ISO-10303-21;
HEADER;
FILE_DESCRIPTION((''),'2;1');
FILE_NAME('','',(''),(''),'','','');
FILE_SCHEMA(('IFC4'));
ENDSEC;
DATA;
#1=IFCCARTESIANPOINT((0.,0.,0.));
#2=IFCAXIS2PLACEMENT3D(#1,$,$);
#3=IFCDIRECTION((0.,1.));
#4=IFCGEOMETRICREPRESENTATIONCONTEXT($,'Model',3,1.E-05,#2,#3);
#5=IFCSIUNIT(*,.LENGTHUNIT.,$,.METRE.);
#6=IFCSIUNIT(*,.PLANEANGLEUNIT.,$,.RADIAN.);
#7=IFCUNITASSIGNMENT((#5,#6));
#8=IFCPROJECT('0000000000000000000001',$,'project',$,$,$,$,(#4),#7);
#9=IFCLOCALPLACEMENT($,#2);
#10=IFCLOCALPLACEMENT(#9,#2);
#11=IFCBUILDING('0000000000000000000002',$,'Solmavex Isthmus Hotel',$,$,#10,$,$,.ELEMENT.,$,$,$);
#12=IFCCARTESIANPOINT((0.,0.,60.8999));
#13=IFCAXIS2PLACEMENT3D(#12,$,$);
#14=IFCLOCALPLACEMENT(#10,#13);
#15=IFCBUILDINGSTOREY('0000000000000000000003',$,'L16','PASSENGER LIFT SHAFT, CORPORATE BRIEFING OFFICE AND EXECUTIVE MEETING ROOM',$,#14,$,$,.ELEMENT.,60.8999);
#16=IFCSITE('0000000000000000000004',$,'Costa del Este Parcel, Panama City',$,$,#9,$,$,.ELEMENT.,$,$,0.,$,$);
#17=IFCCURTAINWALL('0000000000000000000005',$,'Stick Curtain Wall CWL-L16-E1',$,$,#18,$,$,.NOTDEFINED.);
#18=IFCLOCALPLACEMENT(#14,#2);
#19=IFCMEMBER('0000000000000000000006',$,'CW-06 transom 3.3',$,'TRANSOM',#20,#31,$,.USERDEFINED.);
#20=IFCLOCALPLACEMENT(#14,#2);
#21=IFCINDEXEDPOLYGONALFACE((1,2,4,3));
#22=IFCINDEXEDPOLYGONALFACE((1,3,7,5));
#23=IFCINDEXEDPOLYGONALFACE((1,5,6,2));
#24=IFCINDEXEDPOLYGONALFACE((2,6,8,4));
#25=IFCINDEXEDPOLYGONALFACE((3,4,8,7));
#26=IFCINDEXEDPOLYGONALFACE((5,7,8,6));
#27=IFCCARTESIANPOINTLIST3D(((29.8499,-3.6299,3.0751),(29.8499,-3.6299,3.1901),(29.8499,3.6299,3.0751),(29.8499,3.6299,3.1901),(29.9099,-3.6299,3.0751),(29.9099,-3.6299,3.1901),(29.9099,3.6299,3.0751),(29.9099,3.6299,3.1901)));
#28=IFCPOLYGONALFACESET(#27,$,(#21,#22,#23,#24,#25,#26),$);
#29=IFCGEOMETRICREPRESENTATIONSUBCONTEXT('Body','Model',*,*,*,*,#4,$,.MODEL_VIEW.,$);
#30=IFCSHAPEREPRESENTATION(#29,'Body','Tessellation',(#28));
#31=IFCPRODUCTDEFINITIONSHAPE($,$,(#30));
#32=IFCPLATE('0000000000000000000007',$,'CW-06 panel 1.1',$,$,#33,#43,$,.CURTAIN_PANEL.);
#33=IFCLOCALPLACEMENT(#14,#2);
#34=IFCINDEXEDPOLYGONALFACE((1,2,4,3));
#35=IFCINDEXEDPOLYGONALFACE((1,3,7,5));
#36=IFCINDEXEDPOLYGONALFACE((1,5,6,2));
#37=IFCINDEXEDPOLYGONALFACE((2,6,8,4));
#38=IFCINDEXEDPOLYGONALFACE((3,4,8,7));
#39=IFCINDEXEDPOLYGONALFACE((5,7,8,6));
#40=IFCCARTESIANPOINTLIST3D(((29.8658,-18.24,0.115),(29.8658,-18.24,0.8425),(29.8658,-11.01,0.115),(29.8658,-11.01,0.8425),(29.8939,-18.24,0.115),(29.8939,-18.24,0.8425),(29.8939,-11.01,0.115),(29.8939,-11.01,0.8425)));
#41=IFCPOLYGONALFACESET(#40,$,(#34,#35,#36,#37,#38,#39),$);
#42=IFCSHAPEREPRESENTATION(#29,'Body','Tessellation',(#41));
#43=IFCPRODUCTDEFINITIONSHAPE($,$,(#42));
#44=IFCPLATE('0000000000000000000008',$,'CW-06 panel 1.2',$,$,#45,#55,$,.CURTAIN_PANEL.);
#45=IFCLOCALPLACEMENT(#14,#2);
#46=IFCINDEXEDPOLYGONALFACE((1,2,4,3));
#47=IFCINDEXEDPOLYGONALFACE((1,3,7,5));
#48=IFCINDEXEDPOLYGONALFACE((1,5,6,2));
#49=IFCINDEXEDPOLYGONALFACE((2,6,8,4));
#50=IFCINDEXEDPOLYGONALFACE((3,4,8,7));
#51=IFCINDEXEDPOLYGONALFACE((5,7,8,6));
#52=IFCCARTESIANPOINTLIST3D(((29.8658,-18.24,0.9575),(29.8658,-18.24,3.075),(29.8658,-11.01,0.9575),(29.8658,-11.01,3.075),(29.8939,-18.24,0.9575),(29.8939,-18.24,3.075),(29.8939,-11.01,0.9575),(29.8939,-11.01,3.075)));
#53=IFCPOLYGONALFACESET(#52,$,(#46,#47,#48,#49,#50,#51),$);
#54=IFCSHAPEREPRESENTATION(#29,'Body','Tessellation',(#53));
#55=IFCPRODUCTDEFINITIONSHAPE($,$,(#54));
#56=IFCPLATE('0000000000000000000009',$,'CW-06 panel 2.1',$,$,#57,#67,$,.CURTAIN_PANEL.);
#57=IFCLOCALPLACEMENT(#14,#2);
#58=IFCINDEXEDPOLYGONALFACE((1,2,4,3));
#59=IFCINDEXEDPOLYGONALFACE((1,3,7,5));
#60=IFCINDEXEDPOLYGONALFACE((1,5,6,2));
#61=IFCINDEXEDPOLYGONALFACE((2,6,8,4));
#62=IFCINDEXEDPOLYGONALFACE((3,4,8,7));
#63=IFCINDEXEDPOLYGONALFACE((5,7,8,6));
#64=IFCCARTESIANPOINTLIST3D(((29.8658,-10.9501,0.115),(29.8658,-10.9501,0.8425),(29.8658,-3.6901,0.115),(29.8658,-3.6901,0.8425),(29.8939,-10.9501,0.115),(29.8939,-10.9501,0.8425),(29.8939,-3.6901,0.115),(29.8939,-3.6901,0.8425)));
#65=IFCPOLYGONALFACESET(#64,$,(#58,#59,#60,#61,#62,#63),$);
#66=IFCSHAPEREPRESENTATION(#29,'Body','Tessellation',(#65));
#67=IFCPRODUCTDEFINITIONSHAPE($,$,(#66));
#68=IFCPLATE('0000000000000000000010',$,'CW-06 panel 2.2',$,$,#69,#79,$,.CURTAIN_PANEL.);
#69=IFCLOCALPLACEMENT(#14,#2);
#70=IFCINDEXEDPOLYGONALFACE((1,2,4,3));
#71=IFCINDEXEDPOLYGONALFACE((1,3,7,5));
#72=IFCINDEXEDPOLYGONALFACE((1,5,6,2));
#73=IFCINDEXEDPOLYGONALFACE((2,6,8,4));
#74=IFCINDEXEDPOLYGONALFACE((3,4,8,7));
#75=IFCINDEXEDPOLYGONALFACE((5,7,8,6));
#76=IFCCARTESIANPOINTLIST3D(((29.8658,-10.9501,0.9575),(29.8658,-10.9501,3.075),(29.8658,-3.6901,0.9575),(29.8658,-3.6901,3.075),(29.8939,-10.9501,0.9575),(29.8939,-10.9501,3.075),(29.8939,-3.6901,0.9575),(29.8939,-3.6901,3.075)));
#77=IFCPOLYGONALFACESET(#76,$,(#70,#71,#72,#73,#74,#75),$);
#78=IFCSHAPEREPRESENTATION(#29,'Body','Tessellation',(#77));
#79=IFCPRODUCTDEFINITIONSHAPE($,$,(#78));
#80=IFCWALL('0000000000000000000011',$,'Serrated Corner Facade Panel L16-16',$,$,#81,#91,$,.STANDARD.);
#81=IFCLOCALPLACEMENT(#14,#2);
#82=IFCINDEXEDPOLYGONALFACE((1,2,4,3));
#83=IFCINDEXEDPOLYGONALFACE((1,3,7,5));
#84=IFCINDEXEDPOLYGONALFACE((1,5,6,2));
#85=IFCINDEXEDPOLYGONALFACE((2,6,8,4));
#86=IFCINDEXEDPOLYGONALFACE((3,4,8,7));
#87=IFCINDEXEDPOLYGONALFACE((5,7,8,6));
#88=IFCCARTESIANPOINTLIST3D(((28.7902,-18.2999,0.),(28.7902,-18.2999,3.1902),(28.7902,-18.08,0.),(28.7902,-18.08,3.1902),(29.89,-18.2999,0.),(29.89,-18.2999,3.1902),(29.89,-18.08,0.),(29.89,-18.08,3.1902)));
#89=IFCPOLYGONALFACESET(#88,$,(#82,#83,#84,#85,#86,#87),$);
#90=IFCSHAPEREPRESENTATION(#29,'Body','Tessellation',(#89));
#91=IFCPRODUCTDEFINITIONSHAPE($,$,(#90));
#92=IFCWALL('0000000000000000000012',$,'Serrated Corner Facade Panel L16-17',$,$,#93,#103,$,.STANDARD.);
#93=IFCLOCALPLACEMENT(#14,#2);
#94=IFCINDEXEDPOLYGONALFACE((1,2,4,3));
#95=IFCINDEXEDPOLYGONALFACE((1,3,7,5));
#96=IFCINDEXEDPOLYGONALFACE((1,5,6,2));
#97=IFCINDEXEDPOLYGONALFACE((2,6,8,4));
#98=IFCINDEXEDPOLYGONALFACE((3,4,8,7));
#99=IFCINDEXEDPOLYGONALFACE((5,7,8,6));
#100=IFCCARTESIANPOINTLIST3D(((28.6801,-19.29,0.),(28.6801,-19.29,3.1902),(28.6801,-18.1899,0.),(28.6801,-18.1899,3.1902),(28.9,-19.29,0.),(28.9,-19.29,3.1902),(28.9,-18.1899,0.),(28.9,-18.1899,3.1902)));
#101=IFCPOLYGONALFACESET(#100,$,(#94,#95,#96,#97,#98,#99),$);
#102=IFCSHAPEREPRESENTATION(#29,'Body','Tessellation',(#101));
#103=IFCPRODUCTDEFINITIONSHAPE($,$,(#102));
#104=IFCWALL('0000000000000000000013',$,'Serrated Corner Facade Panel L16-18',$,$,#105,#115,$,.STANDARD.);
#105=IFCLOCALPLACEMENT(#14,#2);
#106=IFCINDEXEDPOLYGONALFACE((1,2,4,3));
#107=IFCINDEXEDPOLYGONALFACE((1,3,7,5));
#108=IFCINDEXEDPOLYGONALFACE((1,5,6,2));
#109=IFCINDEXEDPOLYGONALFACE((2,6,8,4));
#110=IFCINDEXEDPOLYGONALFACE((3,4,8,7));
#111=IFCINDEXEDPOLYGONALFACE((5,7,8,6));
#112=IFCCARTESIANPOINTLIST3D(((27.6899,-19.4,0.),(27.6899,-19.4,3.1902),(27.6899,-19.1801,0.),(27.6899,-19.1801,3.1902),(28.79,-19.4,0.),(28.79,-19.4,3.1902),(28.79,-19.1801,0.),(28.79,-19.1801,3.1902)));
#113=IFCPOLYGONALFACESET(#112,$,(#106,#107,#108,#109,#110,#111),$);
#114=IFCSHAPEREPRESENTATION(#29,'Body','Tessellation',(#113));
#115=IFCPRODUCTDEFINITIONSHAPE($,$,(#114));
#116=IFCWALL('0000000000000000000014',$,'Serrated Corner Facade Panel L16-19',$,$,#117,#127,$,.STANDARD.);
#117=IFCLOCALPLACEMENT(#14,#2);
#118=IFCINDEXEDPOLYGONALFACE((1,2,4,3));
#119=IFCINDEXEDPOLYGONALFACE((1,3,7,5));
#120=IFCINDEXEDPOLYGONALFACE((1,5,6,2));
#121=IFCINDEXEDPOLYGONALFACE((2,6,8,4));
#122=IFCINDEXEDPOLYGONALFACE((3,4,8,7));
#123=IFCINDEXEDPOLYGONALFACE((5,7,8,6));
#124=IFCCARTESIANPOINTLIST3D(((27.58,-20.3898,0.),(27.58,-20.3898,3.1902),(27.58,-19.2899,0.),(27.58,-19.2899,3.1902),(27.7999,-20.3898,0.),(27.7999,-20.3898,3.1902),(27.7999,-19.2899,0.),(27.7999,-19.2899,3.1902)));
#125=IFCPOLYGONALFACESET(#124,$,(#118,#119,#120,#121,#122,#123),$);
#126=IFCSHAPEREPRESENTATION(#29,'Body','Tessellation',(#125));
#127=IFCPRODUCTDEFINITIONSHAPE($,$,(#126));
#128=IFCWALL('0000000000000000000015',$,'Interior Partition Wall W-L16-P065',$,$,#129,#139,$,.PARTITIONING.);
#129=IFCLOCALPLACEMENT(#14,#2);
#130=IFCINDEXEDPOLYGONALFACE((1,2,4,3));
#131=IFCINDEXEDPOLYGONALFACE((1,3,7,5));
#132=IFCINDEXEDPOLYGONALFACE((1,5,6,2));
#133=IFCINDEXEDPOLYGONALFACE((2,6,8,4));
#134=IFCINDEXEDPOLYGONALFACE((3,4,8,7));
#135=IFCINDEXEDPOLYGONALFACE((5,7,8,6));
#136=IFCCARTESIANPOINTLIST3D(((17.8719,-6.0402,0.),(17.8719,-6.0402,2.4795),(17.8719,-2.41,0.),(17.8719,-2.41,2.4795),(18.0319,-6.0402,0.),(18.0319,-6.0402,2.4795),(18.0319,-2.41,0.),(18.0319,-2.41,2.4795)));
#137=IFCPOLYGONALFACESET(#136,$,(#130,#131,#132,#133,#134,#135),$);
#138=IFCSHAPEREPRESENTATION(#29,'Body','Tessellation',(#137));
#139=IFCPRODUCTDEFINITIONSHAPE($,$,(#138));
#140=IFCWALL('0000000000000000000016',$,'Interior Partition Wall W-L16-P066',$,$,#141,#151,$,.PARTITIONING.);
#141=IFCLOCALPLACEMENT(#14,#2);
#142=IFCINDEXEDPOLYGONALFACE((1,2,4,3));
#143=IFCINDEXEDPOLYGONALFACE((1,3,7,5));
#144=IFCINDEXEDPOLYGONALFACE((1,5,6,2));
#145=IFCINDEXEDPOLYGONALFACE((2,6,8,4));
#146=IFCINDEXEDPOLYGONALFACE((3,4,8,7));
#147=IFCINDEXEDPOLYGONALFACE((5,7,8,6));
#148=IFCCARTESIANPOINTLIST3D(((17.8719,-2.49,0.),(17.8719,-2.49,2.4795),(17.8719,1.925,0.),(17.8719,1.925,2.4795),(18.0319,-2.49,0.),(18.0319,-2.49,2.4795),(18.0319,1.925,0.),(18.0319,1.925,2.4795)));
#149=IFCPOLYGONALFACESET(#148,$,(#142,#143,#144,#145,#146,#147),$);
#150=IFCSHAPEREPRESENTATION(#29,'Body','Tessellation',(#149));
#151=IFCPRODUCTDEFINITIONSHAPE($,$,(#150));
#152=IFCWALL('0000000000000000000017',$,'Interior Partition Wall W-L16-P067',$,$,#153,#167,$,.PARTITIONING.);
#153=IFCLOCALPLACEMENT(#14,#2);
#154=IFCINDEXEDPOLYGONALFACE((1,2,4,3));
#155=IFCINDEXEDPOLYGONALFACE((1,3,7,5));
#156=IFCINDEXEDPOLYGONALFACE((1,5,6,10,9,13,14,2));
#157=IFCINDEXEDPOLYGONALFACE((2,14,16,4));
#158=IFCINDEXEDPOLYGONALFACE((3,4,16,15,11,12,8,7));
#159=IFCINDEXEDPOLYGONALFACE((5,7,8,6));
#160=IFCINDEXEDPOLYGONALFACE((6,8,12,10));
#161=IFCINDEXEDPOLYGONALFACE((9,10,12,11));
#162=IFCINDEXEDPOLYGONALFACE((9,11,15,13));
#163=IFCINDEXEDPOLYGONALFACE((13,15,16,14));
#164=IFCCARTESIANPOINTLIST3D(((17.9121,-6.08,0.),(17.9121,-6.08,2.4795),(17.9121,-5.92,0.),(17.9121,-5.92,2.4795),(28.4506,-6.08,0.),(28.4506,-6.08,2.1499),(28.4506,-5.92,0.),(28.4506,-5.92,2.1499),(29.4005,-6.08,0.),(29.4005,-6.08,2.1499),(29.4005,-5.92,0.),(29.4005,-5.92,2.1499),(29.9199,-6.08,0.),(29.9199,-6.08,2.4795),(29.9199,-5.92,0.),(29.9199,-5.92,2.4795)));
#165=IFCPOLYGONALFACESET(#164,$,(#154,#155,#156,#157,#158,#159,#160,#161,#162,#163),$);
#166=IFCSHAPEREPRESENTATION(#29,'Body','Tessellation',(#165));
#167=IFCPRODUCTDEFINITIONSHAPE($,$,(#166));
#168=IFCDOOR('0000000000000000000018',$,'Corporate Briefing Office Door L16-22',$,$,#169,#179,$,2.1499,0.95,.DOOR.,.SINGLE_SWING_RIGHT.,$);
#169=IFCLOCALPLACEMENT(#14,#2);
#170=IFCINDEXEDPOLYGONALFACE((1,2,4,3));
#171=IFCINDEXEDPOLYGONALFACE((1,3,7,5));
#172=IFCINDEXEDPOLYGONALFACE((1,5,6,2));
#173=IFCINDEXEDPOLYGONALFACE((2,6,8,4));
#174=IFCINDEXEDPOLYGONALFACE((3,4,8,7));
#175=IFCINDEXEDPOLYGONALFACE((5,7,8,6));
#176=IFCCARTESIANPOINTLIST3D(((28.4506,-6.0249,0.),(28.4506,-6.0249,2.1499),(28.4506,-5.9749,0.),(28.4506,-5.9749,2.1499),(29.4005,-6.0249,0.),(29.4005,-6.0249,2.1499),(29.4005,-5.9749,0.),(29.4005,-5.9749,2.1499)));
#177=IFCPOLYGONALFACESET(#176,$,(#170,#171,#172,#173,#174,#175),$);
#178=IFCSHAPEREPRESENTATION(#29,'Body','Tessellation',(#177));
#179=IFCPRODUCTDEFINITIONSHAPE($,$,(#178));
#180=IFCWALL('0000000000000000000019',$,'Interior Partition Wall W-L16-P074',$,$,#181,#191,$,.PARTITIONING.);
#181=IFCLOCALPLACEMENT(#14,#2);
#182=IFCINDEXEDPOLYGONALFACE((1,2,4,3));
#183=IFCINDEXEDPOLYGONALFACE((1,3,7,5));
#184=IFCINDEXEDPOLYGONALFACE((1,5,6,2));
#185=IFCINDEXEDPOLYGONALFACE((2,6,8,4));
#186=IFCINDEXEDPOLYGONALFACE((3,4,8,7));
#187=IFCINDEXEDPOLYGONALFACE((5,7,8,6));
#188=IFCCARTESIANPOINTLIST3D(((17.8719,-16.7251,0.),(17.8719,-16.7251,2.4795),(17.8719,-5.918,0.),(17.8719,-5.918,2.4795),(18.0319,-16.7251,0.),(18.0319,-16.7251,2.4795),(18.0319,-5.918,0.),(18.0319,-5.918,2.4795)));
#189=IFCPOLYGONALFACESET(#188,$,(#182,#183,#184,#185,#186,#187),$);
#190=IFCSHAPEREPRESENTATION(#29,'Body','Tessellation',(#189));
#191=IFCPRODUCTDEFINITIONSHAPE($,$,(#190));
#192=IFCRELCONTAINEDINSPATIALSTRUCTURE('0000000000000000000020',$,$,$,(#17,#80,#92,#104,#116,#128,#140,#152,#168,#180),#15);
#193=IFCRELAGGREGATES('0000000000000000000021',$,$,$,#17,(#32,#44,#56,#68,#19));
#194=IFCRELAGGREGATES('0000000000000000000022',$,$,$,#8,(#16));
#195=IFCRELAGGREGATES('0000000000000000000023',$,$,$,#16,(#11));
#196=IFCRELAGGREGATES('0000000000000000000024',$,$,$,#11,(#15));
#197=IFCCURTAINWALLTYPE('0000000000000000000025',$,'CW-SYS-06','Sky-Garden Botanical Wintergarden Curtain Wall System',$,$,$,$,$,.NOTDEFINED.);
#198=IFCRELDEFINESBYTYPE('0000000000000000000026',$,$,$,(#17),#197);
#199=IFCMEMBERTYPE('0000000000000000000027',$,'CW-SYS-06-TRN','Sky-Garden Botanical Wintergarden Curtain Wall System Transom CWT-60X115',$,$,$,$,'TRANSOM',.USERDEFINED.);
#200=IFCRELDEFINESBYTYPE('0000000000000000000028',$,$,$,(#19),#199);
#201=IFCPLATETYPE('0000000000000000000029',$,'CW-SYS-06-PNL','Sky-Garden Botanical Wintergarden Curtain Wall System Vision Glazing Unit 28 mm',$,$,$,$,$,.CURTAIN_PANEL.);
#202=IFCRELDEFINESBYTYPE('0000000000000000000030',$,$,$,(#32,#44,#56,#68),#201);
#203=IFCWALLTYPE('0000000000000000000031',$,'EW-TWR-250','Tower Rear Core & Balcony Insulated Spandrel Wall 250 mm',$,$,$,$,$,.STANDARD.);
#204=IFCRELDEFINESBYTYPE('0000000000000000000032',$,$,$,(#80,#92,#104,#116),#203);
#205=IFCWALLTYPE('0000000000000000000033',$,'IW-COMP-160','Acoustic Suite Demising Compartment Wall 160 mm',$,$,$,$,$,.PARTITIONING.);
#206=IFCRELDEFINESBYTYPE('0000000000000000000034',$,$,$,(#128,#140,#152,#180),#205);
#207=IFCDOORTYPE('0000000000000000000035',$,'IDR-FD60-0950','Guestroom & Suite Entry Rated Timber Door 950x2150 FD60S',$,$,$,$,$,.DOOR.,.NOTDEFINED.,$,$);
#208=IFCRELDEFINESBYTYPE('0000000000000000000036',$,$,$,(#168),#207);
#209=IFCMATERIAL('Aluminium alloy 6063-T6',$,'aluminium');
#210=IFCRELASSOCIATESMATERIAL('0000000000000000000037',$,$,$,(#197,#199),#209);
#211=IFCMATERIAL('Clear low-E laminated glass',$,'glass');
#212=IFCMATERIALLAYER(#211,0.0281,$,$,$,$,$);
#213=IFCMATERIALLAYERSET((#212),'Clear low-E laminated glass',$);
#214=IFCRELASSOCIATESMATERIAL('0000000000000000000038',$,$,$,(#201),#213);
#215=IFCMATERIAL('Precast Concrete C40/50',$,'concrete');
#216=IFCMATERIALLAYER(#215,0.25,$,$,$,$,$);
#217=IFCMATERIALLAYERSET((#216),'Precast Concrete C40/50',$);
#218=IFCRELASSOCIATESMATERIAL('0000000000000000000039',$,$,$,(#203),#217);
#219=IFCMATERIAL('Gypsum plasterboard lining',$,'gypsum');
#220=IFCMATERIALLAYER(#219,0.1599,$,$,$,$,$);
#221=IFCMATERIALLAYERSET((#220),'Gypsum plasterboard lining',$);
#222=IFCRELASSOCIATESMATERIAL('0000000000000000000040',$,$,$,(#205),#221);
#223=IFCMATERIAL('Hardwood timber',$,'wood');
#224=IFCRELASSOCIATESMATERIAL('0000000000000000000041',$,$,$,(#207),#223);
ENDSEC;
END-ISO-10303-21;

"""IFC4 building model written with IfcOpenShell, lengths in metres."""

from ifc_helpers import new_model, si_unit, direction, frame, frame_2d, origin, origin_2d, place, context, subcontext, project, spatial, rectangle, extrude, material, layer, layer_set, material_profile, profile_set, type_object, element, fill, aggregate, save


model = new_model("IFC4")

# Units and contexts
model_context = context("Model", 3, precision=1e-05, world=origin(), true_north=direction((0.0, 1.0)))
body_context = subcontext(model_context, "Body", "Model", "MODEL_VIEW")
ifc_project = project(units=[si_unit("LENGTHUNIT", "METRE"), si_unit("PLANEANGLEUNIT", "RADIAN")], contexts=[model_context])

# Site, building, storey
site_placement = place(None, origin())
site = spatial("IfcSite", under=ifc_project, at=site_placement, Name="Costa del Este Parcel, Panama City", CompositionType="ELEMENT", RefElevation=0.0)
building_placement = place(site_placement, origin())
building = spatial("IfcBuilding", under=site, at=building_placement, Name="Solmavex Isthmus Hotel", CompositionType="ELEMENT")
storey_placement = place(building_placement, frame((0.0, 0.0, 60.8999)))
storey = spatial("IfcBuildingStorey", under=building, at=storey_placement, Name="L16", Description="PASSENGER LIFT SHAFT, CORPORATE BRIEFING OFFICE AND EXECUTIVE MEETING ROOM", CompositionType="ELEMENT", Elevation=60.8999)

# Curtain wall, member, plates
ifc_material_1 = material(Name="Aluminium alloy 6063-T6", Category="aluminium")
curtain_wall_type = type_object("IfcCurtainWallType", Name="CW-SYS-06", Description="Sky-Garden Botanical Wintergarden Curtain Wall System", PredefinedType="NOTDEFINED", material=ifc_material_1)
curtain_wall_placement = place(storey_placement, origin())
curtain_wall = element("IfcCurtainWall", 1, at=curtain_wall_placement, inside=storey, type_object=curtain_wall_type, Name="Stick Curtain Wall CWL-L16-E1", PredefinedType="NOTDEFINED")
ifc_material_profile_1 = material_profile(ifc_material_1, rectangle(XDim=0.0601, YDim=0.115, at=origin_2d()), Name="CWT-60X115")
ifc_profile_set_1 = profile_set([ifc_material_profile_1], Name="Aluminium alloy 6063-T6")
member_type_1 = type_object("IfcMemberType", Name="CW-SYS-06-TRN", Description="Sky-Garden Botanical Wintergarden Curtain Wall System Transom CWT-60X115", ElementType="TRANSOM", PredefinedType="USERDEFINED", material=ifc_profile_set_1)
member_1_placement = place(storey_placement, frame((29.8799, -3.6299, 3.1326), z_axis=(0.0, 1.0, 0.0), x_axis=(-1.0, 0.0, 0.0)))
member_1 = element("IfcMember", 2, at=member_1_placement, type_object=member_type_1, Name="CW-06 transom 3.3", ObjectType="TRANSOM", PredefinedType="USERDEFINED", context=body_context, shape_type="SweptSolid", body=[
    extrude(rectangle(XDim=0.0601, YDim=0.115, at=origin_2d()), origin(), (0.0, 0.0, 1.0), 7.2598),
])
ifc_material_2 = material(Name="Clear low-E laminated glass", Category="glass")
ifc_layer_1 = layer(ifc_material_2, 0.0281)
ifc_layer_set_1 = layer_set([ifc_layer_1], Name="Clear low-E laminated glass")
plate_type = type_object("IfcPlateType", Name="CW-SYS-06-PNL", Description="Sky-Garden Botanical Wintergarden Curtain Wall System Vision Glazing Unit 28 mm", PredefinedType="CURTAIN_PANEL", material=ifc_layer_set_1)
plate_1_placement = place(storey_placement, frame((29.8799, -14.625, 0.115), z_axis=(0.0, 0.0, 1.0), x_axis=(0.0, 1.0, 0.0)))
plate_1 = element("IfcPlate", 3, at=plate_1_placement, type_object=plate_type, Name="CW-06 panel 1.1", PredefinedType="CURTAIN_PANEL", context=body_context, shape_type="SweptSolid", body=[
    extrude(rectangle(XDim=7.23, YDim=0.0281, at=origin_2d()), origin(), (0.0, 0.0, 1.0), 0.7275),
])
plate_2_placement = place(storey_placement, frame((29.8799, -14.625, 0.9575), z_axis=(0.0, 0.0, 1.0), x_axis=(0.0, 1.0, 0.0)))
plate_2 = element("IfcPlate", 4, at=plate_2_placement, type_object=plate_type, Name="CW-06 panel 1.2", PredefinedType="CURTAIN_PANEL", context=body_context, shape_type="SweptSolid", body=[
    extrude(rectangle(XDim=7.23, YDim=0.0281, at=origin_2d()), origin(), (0.0, 0.0, 1.0), 2.1174),
])
plate_3_placement = place(storey_placement, frame((29.8799, -7.3201, 0.115), z_axis=(0.0, 0.0, 1.0), x_axis=(0.0, 1.0, 0.0)))
plate_3 = element("IfcPlate", 5, at=plate_3_placement, type_object=plate_type, Name="CW-06 panel 2.1", PredefinedType="CURTAIN_PANEL", context=body_context, shape_type="SweptSolid", body=[
    extrude(rectangle(XDim=7.26, YDim=0.0281, at=origin_2d()), origin(), (0.0, 0.0, 1.0), 0.7275),
])
plate_4_placement = place(storey_placement, frame((29.8799, -7.3201, 0.9575), z_axis=(0.0, 0.0, 1.0), x_axis=(0.0, 1.0, 0.0)))
plate_4 = element("IfcPlate", 6, at=plate_4_placement, type_object=plate_type, Name="CW-06 panel 2.2", PredefinedType="CURTAIN_PANEL", context=body_context, shape_type="SweptSolid", body=[
    extrude(rectangle(XDim=7.26, YDim=0.0281, at=origin_2d()), origin(), (0.0, 0.0, 1.0), 2.1174),
])
aggregate(curtain_wall, [plate_1, plate_2, plate_3, plate_4, member_1])

# Walls
ifc_material_3 = material(Name="Precast Concrete C40/50", Category="concrete")
ifc_layer_2 = layer(ifc_material_3, 0.25)
ifc_layer_set_2 = layer_set([ifc_layer_2], Name="Precast Concrete C40/50")
wall_type_1 = type_object("IfcWallType", Name="EW-TWR-250", Description="Tower Rear Core & Balcony Insulated Spandrel Wall 250 mm", PredefinedType="STANDARD", material=ifc_layer_set_2)
wall_1_placement = place(storey_placement, frame((29.8899, -18.1899, 0.0), z_axis=(0.0, 0.0, 1.0), x_axis=(-1.0, 0.0, 0.0)))
element("IfcWall", 7, at=wall_1_placement, inside=storey, type_object=wall_type_1, Name="Serrated Corner Facade Panel L16-16", PredefinedType="STANDARD", context=body_context, shape_type="SweptSolid", body=[
    extrude(rectangle(XDim=1.0999, YDim=0.22, at=frame_2d((0.5498, 0.0))), origin(), (0.0, 0.0, 1.0), 3.1902),
])
for number, where, z_axis, x_axis, name in (
    (8, (28.79, -18.1899, 0.0), (0.0, 0.0, 1.0), (0.0, -1.0, 0.0), "Serrated Corner Facade Panel L16-17"),
    (9, (28.79, -19.29, 0.0), (0.0, 0.0, 1.0), (-1.0, 0.0, 0.0), "Serrated Corner Facade Panel L16-18"),
):
    element("IfcWall", number, at=place(storey_placement, frame(where, z_axis=z_axis, x_axis=x_axis)), inside=storey, type_object=wall_type_1, Name=name, PredefinedType="STANDARD", context=body_context, shape_type="SweptSolid", body=[
        extrude(rectangle(XDim=1.1001, YDim=0.22, at=frame_2d((0.55, 0.0))), origin(), (0.0, 0.0, 1.0), 3.1902),
    ])
wall_2_placement = place(storey_placement, frame((27.6899, -19.29, 0.0), z_axis=(0.0, 0.0, 1.0), x_axis=(0.0, -1.0, 0.0)))
element("IfcWall", 10, at=wall_2_placement, inside=storey, type_object=wall_type_1, Name="Serrated Corner Facade Panel L16-19", PredefinedType="STANDARD", context=body_context, shape_type="SweptSolid", body=[
    extrude(rectangle(XDim=1.0999, YDim=0.22, at=frame_2d((0.5498, 0.0))), origin(), (0.0, 0.0, 1.0), 3.1902),
])
ifc_material_4 = material(Name="Gypsum plasterboard lining", Category="gypsum")
ifc_layer_3 = layer(ifc_material_4, 0.1599)
ifc_layer_set_3 = layer_set([ifc_layer_3], Name="Gypsum plasterboard lining")
wall_type_2 = type_object("IfcWallType", Name="IW-COMP-160", Description="Acoustic Suite Demising Compartment Wall 160 mm", PredefinedType="PARTITIONING", material=ifc_layer_set_3)
wall_3_placement = place(storey_placement, frame((17.9519, -6.04, 0.0), z_axis=(0.0, 0.0, 1.0), x_axis=(0.0, 1.0, 0.0)))
element("IfcWall", 11, at=wall_3_placement, inside=storey, type_object=wall_type_2, Name="Interior Partition Wall W-L16-P065", PredefinedType="PARTITIONING", context=body_context, shape_type="SweptSolid", body=[
    extrude(rectangle(XDim=3.6301, YDim=0.1599, at=frame_2d((1.8149, 0.0))), origin(), (0.0, 0.0, 1.0), 2.4795),
])
wall_4_placement = place(storey_placement, frame((17.9519, -2.49, 0.0), z_axis=(0.0, 0.0, 1.0), x_axis=(0.0, 1.0, 0.0)))
element("IfcWall", 12, at=wall_4_placement, inside=storey, type_object=wall_type_2, Name="Interior Partition Wall W-L16-P066", PredefinedType="PARTITIONING", context=body_context, shape_type="SweptSolid", body=[
    extrude(rectangle(XDim=4.415, YDim=0.1599, at=frame_2d((2.2075, 0.0))), origin(), (0.0, 0.0, 1.0), 2.4795),
])

# Wall, opening, door
wall_5_placement = place(storey_placement, frame((29.9199, -6.0, 0.0), z_axis=(0.0, 0.0, 1.0), x_axis=(-1.0, 0.0, 0.0)))
wall_5 = element("IfcWall", 13, at=wall_5_placement, inside=storey, type_object=wall_type_2, Name="Interior Partition Wall W-L16-P067", PredefinedType="PARTITIONING", context=body_context, shape_type="SweptSolid", body=[
    extrude(rectangle(XDim=12.0078, YDim=0.1599, at=frame_2d((6.0039, 0.0))), origin(), (0.0, 0.0, 1.0), 2.4795),
])
opening_placement = place(wall_5_placement, frame((0.5193, 0.0, 0.0)))
opening = element("IfcOpeningElement", 14, at=opening_placement, cuts=wall_5, PredefinedType="OPENING", context=body_context, shape_type="SweptSolid", body=[
    extrude(rectangle(XDim=0.95, YDim=2.1499, at=frame_2d((0.4751, 1.075))), frame((0.0, 0.0898, 0.0), z_axis=(0.0, -1.0, 0.0), x_axis=(1.0, 0.0, 0.0)), (0.0, 0.0, 1.0), 0.1799),
])
ifc_material_5 = material(Name="Hardwood timber", Category="wood")
door_type = type_object("IfcDoorType", Name="IDR-FD60-0950", Description="Guestroom & Suite Entry Rated Timber Door 950x2150 FD60S", OperationType="NOTDEFINED", PredefinedType="DOOR", material=ifc_material_5)
door_placement = place(opening_placement, origin())
door = element("IfcDoor", 15, at=door_placement, inside=storey, type_object=door_type, Name="Corporate Briefing Office Door L16-22", OperationType="SINGLE_SWING_RIGHT", OverallHeight=2.1499, OverallWidth=0.95, PredefinedType="DOOR", context=body_context, shape_type="SweptSolid", body=[
    extrude(rectangle(XDim=0.95, YDim=2.1499, at=frame_2d((0.4751, 1.075))), frame((0.0, 0.0249, 0.0), z_axis=(0.0, -1.0, 0.0), x_axis=(1.0, 0.0, 0.0)), (0.0, 0.0, 1.0), 0.05),
])
fill(opening, door)

# Wall
wall_6_placement = place(storey_placement, frame((17.9519, -5.918, 0.0), z_axis=(0.0, 0.0, 1.0), x_axis=(0.0, -1.0, 0.0)))
element("IfcWall", 16, at=wall_6_placement, inside=storey, type_object=wall_type_2, Name="Interior Partition Wall W-L16-P074", PredefinedType="PARTITIONING", context=body_context, shape_type="SweptSolid", body=[
    extrude(rectangle(XDim=10.8071, YDim=0.1599, at=frame_2d((5.4036, 0.0))), origin(), (0.0, 0.0, 1.0), 2.4795),
])

save(model, "model.ifc")
